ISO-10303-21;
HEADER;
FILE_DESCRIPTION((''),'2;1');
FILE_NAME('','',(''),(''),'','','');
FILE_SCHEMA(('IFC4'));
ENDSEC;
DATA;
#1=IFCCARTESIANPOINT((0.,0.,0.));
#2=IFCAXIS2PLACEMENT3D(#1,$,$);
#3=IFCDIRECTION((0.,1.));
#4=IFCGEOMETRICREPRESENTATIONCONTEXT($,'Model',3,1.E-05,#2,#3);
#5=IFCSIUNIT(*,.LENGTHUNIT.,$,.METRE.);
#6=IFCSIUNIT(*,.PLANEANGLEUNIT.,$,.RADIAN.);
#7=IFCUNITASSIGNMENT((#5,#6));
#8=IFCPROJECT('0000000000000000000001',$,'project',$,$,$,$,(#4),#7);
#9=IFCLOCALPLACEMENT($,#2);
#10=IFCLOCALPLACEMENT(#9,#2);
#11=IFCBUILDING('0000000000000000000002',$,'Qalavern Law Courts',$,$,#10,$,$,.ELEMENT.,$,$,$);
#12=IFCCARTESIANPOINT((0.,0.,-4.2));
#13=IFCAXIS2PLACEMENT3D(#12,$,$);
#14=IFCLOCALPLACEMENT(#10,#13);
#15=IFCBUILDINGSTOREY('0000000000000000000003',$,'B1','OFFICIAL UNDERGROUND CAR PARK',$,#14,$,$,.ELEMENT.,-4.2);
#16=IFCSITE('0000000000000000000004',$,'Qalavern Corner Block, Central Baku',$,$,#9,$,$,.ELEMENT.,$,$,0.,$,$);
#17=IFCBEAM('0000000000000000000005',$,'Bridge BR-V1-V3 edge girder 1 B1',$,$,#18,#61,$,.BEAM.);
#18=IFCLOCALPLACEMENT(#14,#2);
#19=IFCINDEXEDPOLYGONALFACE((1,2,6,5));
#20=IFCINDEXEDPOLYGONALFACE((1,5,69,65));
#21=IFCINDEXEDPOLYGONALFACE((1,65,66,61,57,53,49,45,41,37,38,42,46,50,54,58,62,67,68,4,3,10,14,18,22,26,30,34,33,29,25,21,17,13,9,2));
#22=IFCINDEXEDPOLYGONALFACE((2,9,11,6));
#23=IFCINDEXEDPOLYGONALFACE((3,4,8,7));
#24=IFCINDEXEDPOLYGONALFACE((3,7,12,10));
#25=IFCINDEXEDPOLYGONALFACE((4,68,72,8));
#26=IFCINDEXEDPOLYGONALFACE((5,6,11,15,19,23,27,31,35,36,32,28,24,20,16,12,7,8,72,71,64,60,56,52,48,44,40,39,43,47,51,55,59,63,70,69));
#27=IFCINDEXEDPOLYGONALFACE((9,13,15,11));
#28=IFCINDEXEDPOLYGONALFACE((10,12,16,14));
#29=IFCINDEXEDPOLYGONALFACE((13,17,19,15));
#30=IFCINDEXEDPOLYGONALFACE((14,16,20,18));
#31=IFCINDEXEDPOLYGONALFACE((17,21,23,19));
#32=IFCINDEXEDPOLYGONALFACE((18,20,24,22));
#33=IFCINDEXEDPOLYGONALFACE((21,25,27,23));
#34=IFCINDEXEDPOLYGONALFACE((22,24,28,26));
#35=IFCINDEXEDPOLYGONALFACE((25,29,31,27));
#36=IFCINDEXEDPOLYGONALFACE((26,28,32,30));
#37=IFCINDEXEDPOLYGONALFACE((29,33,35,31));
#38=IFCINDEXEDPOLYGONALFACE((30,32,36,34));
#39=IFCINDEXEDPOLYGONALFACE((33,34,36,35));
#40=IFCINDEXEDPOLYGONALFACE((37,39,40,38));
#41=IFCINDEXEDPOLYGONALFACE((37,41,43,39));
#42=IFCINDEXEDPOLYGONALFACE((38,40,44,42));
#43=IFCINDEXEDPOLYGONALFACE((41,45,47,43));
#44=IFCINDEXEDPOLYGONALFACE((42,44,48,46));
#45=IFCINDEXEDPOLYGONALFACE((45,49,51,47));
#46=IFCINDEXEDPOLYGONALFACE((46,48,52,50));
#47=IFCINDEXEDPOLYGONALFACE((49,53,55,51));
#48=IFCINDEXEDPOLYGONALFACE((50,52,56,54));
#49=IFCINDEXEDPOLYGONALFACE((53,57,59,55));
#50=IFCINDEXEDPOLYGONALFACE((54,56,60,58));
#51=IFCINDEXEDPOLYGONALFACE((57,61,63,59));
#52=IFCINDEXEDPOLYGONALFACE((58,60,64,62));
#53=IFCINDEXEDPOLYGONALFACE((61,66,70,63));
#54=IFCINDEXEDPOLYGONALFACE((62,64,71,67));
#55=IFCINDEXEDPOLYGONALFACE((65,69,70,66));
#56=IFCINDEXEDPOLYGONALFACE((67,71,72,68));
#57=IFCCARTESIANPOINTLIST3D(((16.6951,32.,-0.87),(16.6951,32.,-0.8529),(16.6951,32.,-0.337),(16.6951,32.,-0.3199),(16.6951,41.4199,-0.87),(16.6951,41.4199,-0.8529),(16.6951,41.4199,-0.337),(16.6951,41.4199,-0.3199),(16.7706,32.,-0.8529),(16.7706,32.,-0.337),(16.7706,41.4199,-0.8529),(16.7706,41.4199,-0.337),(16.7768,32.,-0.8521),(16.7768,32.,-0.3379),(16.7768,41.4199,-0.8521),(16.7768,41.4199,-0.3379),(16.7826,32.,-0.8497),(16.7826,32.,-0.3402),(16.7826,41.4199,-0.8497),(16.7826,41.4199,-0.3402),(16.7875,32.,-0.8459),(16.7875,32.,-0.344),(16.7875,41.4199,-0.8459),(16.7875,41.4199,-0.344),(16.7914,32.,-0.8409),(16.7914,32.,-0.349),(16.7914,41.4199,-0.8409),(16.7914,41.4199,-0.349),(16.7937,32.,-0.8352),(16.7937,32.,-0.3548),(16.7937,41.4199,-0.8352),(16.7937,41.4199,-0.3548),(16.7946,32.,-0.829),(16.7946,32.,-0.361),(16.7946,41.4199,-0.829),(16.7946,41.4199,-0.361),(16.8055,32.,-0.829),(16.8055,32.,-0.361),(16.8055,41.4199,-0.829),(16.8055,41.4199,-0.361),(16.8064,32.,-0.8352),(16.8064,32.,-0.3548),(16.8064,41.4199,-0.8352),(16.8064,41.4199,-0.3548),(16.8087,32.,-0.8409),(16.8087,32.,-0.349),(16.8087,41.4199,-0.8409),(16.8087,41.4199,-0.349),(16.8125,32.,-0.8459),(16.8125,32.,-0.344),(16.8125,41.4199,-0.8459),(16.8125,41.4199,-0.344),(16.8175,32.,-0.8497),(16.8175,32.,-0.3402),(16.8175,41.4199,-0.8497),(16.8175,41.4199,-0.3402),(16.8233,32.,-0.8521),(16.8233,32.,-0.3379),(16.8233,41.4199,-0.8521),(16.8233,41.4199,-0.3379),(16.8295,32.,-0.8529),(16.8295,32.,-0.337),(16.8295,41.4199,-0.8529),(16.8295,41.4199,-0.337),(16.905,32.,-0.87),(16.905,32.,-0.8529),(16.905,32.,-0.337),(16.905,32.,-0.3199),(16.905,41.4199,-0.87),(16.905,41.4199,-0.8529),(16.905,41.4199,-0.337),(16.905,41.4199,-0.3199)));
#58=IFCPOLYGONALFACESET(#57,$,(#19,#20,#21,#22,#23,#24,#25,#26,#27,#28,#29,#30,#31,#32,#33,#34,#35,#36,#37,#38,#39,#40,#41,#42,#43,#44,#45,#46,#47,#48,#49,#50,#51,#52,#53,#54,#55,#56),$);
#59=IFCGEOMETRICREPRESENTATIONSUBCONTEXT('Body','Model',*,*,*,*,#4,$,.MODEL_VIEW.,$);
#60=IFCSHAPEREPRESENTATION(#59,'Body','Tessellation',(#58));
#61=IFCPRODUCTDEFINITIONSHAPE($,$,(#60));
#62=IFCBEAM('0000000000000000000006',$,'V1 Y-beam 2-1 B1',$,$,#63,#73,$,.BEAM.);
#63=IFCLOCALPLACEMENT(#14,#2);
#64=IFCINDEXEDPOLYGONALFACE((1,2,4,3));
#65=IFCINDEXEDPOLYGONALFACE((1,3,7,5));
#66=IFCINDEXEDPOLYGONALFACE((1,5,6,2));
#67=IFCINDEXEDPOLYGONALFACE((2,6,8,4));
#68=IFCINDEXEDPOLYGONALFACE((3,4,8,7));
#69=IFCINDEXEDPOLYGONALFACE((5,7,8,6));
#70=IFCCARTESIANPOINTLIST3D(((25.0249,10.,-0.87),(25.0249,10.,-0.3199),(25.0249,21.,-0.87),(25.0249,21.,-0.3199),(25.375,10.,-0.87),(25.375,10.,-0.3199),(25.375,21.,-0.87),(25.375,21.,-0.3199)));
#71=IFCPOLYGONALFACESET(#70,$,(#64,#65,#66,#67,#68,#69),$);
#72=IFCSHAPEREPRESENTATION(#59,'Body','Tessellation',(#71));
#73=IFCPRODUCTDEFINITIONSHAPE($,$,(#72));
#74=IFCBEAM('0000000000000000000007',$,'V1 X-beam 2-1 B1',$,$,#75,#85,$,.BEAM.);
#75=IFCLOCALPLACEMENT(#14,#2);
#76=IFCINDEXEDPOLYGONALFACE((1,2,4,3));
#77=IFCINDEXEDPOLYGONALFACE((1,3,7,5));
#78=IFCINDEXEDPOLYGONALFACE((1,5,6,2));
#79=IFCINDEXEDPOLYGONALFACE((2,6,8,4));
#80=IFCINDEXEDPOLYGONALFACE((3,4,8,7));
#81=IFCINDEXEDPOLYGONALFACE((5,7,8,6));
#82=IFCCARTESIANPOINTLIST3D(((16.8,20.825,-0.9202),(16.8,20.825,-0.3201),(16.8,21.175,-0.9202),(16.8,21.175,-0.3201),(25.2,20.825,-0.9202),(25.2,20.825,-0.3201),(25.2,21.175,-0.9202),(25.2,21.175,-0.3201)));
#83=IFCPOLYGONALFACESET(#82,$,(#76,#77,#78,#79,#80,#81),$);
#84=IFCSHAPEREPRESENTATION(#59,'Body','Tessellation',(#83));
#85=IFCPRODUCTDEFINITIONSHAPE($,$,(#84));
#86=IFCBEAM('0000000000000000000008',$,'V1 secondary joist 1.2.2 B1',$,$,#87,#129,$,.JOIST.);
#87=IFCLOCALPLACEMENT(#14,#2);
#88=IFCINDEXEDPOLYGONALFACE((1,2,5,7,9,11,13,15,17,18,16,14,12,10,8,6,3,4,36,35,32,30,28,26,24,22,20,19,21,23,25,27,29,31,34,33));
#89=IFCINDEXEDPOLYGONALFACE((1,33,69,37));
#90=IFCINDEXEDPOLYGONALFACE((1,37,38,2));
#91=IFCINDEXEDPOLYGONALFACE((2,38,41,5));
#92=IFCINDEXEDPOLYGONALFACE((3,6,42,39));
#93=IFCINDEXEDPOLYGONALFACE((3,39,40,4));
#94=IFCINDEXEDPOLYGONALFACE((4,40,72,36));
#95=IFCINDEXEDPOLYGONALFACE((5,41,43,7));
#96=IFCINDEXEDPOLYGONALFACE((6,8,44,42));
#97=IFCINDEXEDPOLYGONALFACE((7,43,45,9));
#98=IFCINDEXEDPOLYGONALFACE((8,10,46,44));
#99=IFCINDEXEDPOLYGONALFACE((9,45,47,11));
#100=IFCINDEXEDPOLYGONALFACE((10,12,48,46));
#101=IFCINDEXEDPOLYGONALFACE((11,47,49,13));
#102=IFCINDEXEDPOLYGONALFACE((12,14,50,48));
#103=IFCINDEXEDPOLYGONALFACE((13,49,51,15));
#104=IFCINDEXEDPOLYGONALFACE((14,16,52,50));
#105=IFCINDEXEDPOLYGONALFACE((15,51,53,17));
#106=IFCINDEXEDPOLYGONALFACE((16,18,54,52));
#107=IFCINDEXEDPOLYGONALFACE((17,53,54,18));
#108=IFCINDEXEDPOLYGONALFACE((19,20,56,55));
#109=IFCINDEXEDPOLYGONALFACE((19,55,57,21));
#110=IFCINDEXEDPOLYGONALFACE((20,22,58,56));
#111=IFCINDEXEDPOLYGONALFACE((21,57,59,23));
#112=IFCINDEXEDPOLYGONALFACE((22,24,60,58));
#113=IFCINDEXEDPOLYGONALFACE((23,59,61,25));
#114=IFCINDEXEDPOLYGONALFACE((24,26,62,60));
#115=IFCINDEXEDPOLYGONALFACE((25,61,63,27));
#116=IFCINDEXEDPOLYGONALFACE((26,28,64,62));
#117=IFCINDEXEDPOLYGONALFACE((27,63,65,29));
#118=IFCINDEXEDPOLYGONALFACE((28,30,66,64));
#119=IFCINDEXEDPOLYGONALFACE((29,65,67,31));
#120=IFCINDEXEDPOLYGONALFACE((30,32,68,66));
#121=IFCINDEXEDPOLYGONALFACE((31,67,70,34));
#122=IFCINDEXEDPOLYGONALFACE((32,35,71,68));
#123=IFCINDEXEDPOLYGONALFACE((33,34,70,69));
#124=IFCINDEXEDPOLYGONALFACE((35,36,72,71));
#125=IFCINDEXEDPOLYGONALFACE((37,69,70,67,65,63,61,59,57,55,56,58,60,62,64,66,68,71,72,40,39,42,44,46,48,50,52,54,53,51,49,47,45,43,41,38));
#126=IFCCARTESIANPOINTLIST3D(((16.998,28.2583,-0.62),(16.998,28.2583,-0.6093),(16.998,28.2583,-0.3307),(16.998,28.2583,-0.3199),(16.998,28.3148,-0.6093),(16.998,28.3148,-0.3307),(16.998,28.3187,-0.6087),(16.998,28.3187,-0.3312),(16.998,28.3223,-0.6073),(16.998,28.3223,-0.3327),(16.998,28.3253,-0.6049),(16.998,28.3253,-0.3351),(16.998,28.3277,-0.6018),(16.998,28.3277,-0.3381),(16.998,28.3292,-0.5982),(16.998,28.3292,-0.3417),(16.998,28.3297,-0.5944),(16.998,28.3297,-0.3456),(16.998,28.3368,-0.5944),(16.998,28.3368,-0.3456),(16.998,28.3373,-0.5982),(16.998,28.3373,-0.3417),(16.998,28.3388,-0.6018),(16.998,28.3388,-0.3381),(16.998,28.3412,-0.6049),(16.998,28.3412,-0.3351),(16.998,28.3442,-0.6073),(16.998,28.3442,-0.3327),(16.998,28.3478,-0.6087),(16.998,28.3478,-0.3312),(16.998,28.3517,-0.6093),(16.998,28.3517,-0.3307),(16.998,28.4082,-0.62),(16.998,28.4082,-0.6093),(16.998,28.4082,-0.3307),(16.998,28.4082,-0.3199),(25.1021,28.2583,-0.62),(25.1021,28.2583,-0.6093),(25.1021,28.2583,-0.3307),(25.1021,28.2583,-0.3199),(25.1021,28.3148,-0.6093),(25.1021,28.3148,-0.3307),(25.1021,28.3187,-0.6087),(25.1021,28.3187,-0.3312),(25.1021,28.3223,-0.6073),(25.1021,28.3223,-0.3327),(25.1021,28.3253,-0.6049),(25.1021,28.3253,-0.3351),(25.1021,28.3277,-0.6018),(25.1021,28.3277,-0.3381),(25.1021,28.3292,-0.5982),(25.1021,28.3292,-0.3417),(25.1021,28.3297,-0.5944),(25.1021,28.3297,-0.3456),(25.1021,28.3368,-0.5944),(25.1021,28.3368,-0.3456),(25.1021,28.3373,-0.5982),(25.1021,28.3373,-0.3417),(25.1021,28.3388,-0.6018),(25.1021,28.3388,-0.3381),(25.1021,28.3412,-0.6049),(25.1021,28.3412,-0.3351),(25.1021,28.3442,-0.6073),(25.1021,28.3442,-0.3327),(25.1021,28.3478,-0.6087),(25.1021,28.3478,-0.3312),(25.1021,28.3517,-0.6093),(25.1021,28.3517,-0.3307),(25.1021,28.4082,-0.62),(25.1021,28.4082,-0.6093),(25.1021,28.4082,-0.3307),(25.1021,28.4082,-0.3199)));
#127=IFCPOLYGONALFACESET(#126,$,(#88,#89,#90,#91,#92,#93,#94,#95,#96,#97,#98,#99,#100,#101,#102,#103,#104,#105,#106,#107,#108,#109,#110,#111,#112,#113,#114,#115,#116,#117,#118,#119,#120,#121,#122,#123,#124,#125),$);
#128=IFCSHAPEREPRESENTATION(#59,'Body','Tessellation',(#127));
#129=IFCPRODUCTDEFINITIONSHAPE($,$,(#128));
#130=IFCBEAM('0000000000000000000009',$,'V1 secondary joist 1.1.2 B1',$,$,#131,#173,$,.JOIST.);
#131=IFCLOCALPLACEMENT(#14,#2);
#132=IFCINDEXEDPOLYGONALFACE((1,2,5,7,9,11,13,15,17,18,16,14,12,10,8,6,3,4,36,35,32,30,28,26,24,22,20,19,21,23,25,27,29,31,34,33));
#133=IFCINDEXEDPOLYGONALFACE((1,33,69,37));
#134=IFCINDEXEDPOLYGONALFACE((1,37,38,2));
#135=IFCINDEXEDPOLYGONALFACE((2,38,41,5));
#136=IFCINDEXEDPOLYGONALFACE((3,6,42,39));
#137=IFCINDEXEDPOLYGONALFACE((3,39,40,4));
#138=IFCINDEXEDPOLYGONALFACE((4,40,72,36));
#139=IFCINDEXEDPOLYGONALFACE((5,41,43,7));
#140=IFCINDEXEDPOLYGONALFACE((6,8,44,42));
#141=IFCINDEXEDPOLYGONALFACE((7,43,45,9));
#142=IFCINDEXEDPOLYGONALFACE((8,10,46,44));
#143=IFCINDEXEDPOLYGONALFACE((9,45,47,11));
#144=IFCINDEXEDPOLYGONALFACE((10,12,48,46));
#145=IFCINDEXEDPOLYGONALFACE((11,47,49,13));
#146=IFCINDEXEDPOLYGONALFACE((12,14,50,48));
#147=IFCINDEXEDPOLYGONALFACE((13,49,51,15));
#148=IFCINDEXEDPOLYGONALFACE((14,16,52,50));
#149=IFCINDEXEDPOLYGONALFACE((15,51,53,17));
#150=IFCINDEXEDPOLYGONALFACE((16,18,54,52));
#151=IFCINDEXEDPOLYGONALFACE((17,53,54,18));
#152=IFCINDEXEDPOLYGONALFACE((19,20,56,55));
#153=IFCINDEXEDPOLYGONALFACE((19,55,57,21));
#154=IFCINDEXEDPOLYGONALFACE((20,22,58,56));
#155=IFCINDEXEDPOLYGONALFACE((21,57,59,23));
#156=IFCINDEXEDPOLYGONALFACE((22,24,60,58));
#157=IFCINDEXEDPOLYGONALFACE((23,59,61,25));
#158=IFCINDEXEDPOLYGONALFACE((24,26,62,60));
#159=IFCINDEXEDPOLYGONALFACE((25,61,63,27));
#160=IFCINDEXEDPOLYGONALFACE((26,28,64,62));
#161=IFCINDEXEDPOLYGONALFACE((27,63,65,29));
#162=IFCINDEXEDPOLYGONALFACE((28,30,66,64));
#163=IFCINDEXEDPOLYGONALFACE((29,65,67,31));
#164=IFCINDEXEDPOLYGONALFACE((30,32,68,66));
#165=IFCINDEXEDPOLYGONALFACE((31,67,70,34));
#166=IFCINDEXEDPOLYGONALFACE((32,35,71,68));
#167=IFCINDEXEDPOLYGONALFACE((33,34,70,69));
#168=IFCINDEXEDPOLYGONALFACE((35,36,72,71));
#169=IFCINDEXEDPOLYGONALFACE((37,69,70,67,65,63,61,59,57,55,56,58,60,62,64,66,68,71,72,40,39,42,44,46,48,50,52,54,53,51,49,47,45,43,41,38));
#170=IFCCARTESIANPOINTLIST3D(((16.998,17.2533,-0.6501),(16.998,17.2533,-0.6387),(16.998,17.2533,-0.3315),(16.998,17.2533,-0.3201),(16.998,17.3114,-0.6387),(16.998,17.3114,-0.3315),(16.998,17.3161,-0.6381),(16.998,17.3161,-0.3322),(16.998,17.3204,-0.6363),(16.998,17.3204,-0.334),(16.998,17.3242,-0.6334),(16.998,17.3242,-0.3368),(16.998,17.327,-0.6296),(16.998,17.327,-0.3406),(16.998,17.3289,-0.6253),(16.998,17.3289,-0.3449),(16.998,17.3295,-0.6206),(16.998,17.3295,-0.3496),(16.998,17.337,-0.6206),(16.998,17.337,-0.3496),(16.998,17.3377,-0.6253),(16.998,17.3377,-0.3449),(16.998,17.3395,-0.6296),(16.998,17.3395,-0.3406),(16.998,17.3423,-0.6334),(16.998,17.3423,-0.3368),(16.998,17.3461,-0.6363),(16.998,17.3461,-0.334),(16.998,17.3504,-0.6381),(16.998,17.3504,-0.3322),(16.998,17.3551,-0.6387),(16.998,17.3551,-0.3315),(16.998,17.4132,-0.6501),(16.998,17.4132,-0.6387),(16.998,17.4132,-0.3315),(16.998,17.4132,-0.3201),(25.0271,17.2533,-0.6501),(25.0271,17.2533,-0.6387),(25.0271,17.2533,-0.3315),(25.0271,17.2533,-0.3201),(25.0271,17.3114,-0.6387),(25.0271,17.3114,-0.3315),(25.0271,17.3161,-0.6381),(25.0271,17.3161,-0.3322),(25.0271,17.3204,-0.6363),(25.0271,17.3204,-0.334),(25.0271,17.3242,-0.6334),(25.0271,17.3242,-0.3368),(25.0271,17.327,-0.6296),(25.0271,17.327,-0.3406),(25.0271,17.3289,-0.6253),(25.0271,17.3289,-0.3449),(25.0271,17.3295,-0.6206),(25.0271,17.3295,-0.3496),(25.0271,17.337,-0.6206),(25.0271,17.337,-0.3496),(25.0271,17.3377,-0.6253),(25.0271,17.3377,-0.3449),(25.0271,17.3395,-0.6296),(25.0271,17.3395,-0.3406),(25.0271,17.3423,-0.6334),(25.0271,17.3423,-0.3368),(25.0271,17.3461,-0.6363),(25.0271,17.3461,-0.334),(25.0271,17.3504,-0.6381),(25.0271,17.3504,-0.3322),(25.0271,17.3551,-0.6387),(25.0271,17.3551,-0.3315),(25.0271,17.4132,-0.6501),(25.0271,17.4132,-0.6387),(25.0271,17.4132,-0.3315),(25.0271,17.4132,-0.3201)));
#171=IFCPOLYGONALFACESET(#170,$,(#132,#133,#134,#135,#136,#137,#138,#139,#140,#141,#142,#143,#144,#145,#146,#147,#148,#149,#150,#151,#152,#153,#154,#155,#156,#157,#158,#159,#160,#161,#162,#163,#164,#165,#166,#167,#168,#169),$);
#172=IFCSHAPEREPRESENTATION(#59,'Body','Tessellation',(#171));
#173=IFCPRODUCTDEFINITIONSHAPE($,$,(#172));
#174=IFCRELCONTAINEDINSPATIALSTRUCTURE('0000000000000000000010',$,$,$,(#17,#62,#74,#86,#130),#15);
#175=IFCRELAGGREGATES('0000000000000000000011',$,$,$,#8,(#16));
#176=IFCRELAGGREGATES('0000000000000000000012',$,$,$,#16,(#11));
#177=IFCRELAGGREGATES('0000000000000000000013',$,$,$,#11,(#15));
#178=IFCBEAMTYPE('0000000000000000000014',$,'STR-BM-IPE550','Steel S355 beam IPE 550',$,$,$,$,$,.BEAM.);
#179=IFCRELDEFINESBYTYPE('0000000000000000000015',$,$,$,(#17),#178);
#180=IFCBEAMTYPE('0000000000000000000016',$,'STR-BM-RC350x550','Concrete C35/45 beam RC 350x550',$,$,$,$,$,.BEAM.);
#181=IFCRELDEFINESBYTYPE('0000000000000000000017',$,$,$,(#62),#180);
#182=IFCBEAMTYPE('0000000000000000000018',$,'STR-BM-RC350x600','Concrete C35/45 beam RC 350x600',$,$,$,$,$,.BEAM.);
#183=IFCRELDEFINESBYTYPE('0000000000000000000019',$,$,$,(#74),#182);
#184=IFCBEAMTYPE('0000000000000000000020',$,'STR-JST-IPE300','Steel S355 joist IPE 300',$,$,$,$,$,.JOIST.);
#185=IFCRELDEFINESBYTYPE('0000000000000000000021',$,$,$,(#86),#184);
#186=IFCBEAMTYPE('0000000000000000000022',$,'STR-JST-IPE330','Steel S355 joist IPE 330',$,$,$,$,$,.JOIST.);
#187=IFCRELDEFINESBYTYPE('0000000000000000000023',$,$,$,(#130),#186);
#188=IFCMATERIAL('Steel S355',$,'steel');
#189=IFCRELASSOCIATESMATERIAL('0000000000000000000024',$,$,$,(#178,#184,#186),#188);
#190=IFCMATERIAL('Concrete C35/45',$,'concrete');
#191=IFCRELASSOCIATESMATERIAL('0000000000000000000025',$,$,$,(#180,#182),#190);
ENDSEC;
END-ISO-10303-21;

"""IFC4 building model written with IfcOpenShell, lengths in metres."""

from ifc_helpers import new_model, si_unit, direction, frame, origin, origin_2d, place, context, subcontext, project, spatial, rectangle, i_section, extrude, material, material_profile, profile_set, type_object, element, save


model = new_model("IFC4")

# Units and contexts
model_context = context("Model", 3, precision=1e-05, world=origin(), true_north=direction((0.0, 1.0)))
body_context = subcontext(model_context, "Body", "Model", "MODEL_VIEW")
ifc_project = project(units=[si_unit("LENGTHUNIT", "METRE"), si_unit("PLANEANGLEUNIT", "RADIAN")], contexts=[model_context])

# Site, building, storey
site_placement = place(None, origin())
site = spatial("IfcSite", under=ifc_project, at=site_placement, Name="Qalavern Corner Block, Central Baku", CompositionType="ELEMENT", RefElevation=0.0)
building_placement = place(site_placement, origin())
building = spatial("IfcBuilding", under=site, at=building_placement, Name="Qalavern Law Courts", CompositionType="ELEMENT")
storey_placement = place(building_placement, frame((0.0, 0.0, -4.2)))
storey = spatial("IfcBuildingStorey", under=building, at=storey_placement, Name="B1", Description="OFFICIAL UNDERGROUND CAR PARK", CompositionType="ELEMENT", Elevation=-4.2)

# Shared definitions
ifc_material_1 = material(Name="Steel S355", Category="steel")

# Beams
ifc_material_profile_1 = material_profile(ifc_material_1, i_section(OverallWidth=0.21, OverallDepth=0.55, WebThickness=0.011, FlangeThickness=0.0171, FilletRadius=0.0239, at=origin_2d()), Name="IPE 550")
ifc_profile_set_1 = profile_set([ifc_material_profile_1], Name="Steel S355")
beam_type_1 = type_object("IfcBeamType", Name="STR-BM-IPE550", Description="Steel S355 beam IPE 550", PredefinedType="BEAM", material=ifc_profile_set_1)
beam_1_placement = place(storey_placement, frame((16.8, 32.0, -0.595), z_axis=(0.0, 1.0, 0.0), x_axis=(-1.0, 0.0, 0.0)))
element("IfcBeam", 1, at=beam_1_placement, inside=storey, type_object=beam_type_1, Name="Bridge BR-V1-V3 edge girder 1 B1", PredefinedType="BEAM", context=body_context, shape_type="SweptSolid", body=[
    extrude(i_section(OverallWidth=0.21, OverallDepth=0.55, WebThickness=0.011, FlangeThickness=0.0171, FilletRadius=0.0239, at=origin_2d()), origin(), (0.0, 0.0, 1.0), 9.4199),
])
ifc_material_2 = material(Name="Concrete C35/45", Category="concrete")
ifc_material_profile_2 = material_profile(ifc_material_2, rectangle(XDim=0.3501, YDim=0.55, at=origin_2d()), Name="RC 350x550")
ifc_profile_set_2 = profile_set([ifc_material_profile_2], Name="Concrete C35/45")
beam_type_2 = type_object("IfcBeamType", Name="STR-BM-RC350x550", Description="Concrete C35/45 beam RC 350x550", PredefinedType="BEAM", material=ifc_profile_set_2)
beam_2_placement = place(storey_placement, frame((25.2, 10.0, -0.595), z_axis=(0.0, 1.0, 0.0), x_axis=(-1.0, 0.0, 0.0)))
element("IfcBeam", 2, at=beam_2_placement, inside=storey, type_object=beam_type_2, Name="V1 Y-beam 2-1 B1", PredefinedType="BEAM", context=body_context, shape_type="SweptSolid", body=[
    extrude(rectangle(XDim=0.3501, YDim=0.55, at=origin_2d()), origin(), (0.0, 0.0, 1.0), 11.0),
])
ifc_material_profile_3 = material_profile(ifc_material_2, rectangle(XDim=0.3501, YDim=0.6001, at=origin_2d()), Name="RC 350x600")
ifc_profile_set_3 = profile_set([ifc_material_profile_3], Name="Concrete C35/45")
beam_type_3 = type_object("IfcBeamType", Name="STR-BM-RC350x600", Description="Concrete C35/45 beam RC 350x600", PredefinedType="BEAM", material=ifc_profile_set_3)
beam_3_placement = place(storey_placement, frame((16.8, 21.0, -0.6201), z_axis=(1.0, 0.0, 0.0), x_axis=(0.0, 1.0, 0.0)))
element("IfcBeam", 3, at=beam_3_placement, inside=storey, type_object=beam_type_3, Name="V1 X-beam 2-1 B1", PredefinedType="BEAM", context=body_context, shape_type="SweptSolid", body=[
    extrude(rectangle(XDim=0.3501, YDim=0.6001, at=origin_2d()), origin(), (0.0, 0.0, 1.0), 8.3999),
])
ifc_material_profile_4 = material_profile(ifc_material_1, i_section(OverallWidth=0.1499, OverallDepth=0.3, WebThickness=0.0071, FlangeThickness=0.0107, FilletRadius=0.0149, at=origin_2d()), Name="IPE 300")
ifc_profile_set_4 = profile_set([ifc_material_profile_4], Name="Steel S355")
beam_type_4 = type_object("IfcBeamType", Name="STR-JST-IPE300", Description="Steel S355 joist IPE 300", PredefinedType="JOIST", material=ifc_profile_set_4)
beam_4_placement = place(storey_placement, frame((16.998, 28.3333, -0.47), z_axis=(1.0, 0.0, 0.0), x_axis=(0.0, 1.0, 0.0)))
element("IfcBeam", 4, at=beam_4_placement, inside=storey, type_object=beam_type_4, Name="V1 secondary joist 1.2.2 B1", PredefinedType="JOIST", context=body_context, shape_type="SweptSolid", body=[
    extrude(i_section(OverallWidth=0.1499, OverallDepth=0.3, WebThickness=0.0071, FlangeThickness=0.0107, FilletRadius=0.0149, at=origin_2d()), origin(), (0.0, 0.0, 1.0), 8.104),
])
ifc_material_profile_5 = material_profile(ifc_material_1, i_section(OverallWidth=0.1599, OverallDepth=0.3301, WebThickness=0.0076, FlangeThickness=0.0115, FilletRadius=0.0181, at=origin_2d()), Name="IPE 330")
ifc_profile_set_5 = profile_set([ifc_material_profile_5], Name="Steel S355")
beam_type_5 = type_object("IfcBeamType", Name="STR-JST-IPE330", Description="Steel S355 joist IPE 330", PredefinedType="JOIST", material=ifc_profile_set_5)
beam_5_placement = place(storey_placement, frame((16.998, 17.3333, -0.4851), z_axis=(1.0, 0.0, 0.0), x_axis=(0.0, 1.0, 0.0)))
element("IfcBeam", 5, at=beam_5_placement, inside=storey, type_object=beam_type_5, Name="V1 secondary joist 1.1.2 B1", PredefinedType="JOIST", context=body_context, shape_type="SweptSolid", body=[
    extrude(i_section(OverallWidth=0.1599, OverallDepth=0.3301, WebThickness=0.0076, FlangeThickness=0.0115, FilletRadius=0.0181, at=origin_2d()), origin(), (0.0, 0.0, 1.0), 8.0291),
])

save(model, "model.ifc")
